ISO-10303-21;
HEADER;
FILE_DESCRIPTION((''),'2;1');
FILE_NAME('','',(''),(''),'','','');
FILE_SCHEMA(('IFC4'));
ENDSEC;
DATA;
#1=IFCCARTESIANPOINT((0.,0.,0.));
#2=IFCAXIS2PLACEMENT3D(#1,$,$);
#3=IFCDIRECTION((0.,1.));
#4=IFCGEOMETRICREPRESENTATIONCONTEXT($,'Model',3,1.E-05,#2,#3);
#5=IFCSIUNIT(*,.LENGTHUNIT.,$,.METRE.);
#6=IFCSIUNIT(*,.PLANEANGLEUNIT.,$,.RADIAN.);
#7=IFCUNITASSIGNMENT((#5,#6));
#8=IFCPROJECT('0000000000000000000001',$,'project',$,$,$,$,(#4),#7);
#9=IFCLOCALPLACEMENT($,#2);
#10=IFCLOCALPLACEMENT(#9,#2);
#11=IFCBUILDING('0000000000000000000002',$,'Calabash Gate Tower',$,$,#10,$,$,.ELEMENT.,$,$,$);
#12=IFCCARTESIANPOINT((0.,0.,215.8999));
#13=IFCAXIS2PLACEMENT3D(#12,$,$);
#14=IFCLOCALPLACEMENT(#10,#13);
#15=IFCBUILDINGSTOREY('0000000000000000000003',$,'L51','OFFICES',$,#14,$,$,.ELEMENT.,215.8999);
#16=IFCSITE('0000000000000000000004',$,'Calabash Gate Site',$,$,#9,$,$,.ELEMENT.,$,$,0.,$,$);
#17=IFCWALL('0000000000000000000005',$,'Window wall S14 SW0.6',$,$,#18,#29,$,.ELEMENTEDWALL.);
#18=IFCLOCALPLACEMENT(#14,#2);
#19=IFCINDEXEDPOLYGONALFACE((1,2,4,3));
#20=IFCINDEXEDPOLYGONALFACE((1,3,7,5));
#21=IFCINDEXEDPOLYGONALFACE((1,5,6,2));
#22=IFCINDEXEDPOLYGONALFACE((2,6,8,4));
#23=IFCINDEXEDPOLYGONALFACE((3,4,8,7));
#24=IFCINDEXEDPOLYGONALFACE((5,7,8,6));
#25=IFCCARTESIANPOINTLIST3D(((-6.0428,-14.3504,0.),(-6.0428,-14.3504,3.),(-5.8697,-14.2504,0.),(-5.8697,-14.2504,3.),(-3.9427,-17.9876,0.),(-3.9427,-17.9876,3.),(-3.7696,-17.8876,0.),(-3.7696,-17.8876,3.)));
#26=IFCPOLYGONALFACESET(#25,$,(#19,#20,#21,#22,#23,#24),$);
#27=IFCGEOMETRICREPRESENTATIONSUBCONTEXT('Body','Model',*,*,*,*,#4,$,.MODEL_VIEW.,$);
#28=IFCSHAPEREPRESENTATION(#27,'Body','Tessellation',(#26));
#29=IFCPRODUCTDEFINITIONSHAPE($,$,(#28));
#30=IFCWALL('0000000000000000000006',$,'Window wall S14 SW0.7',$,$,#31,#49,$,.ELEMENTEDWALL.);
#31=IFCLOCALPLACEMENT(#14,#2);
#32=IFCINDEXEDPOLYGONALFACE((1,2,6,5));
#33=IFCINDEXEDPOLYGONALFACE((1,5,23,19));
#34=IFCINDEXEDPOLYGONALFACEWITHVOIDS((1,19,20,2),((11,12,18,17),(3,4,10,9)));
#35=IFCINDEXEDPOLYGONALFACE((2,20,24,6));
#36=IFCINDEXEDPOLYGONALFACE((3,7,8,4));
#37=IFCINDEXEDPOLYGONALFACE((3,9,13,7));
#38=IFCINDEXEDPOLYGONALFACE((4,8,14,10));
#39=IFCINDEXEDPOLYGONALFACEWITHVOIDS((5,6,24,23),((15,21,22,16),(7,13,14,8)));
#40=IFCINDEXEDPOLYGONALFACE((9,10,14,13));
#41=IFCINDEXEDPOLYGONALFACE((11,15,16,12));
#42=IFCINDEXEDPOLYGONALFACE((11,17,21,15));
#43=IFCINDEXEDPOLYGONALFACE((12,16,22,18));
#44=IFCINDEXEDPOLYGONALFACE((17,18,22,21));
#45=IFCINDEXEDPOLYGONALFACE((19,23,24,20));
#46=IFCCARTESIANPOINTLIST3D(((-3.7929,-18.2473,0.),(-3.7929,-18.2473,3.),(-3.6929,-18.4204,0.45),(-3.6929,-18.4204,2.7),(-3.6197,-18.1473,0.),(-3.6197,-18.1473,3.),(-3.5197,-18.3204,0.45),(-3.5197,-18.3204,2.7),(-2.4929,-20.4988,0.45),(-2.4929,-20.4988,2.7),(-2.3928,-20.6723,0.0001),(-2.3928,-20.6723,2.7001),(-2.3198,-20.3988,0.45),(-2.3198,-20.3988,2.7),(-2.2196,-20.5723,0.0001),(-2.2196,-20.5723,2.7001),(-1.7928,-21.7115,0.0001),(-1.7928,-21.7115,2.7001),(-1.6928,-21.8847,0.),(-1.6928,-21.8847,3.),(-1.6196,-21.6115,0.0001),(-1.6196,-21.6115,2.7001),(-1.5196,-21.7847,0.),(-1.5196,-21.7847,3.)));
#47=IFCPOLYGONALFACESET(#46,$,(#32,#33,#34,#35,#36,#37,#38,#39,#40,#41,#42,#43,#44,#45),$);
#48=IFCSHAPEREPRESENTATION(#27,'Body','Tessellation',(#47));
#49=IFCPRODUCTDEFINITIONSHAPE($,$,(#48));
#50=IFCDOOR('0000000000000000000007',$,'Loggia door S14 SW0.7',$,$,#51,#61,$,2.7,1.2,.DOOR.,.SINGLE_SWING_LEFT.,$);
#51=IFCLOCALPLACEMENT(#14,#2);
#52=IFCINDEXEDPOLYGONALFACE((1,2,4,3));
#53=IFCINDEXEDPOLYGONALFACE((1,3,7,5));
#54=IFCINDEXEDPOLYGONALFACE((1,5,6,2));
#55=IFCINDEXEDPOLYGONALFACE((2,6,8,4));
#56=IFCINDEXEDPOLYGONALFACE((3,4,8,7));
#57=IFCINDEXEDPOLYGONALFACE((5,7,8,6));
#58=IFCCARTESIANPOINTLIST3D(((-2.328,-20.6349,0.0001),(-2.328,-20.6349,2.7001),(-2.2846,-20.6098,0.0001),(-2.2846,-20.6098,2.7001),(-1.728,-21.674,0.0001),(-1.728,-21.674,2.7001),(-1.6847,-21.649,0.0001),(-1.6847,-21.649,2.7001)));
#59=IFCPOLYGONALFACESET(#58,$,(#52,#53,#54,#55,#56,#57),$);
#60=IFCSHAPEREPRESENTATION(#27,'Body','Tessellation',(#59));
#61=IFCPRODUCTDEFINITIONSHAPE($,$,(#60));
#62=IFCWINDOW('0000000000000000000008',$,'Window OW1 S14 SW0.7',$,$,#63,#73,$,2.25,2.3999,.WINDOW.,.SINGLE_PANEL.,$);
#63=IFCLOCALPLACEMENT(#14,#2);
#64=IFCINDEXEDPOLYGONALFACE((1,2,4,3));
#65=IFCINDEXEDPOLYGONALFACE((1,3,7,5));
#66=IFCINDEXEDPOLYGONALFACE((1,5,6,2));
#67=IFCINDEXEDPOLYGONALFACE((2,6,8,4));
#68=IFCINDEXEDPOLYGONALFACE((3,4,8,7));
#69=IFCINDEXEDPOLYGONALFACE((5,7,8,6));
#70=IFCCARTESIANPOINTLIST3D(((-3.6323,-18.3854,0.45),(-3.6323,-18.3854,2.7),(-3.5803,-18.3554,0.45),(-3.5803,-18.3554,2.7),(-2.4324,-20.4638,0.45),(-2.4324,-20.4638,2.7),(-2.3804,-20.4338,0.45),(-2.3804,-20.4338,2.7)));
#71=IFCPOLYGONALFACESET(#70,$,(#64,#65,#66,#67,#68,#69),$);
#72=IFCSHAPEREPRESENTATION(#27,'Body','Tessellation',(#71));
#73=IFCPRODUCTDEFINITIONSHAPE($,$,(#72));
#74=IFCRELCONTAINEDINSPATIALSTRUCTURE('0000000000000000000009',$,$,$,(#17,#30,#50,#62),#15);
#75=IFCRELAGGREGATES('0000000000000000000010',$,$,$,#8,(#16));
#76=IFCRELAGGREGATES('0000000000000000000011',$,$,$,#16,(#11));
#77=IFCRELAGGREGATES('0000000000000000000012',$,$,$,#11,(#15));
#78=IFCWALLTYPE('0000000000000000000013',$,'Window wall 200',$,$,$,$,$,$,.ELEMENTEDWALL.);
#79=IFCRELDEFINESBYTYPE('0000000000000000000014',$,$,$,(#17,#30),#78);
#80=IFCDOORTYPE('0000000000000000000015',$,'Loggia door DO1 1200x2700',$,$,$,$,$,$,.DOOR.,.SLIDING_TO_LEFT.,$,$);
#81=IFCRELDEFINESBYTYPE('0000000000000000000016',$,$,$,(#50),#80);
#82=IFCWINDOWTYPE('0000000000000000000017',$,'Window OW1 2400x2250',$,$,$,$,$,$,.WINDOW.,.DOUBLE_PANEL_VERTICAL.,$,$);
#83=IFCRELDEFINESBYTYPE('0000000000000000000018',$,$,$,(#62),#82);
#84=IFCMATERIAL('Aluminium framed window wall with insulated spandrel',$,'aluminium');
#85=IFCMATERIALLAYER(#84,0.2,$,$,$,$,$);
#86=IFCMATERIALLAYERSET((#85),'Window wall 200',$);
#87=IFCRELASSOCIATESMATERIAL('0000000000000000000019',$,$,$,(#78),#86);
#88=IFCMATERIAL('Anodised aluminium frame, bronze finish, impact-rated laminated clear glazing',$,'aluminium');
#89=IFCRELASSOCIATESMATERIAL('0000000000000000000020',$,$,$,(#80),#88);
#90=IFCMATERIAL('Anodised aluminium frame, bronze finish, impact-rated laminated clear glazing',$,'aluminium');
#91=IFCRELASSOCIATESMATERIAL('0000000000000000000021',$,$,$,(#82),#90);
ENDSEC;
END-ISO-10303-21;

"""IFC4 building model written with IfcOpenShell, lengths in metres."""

from ifc_helpers import new_model, si_unit, direction, frame, frame_2d, origin, place, context, subcontext, project, spatial, rectangle, extrude, material, layer, layer_set, type_object, element, fill, save


model = new_model("IFC4")

# Units and contexts
model_context = context("Model", 3, precision=1e-05, world=origin(), true_north=direction((0.0, 1.0)))
body_context = subcontext(model_context, "Body", "Model", "MODEL_VIEW")
ifc_project = project(units=[si_unit("LENGTHUNIT", "METRE"), si_unit("PLANEANGLEUNIT", "RADIAN")], contexts=[model_context])

# Site, building, storey
site_placement = place(None, origin())
site = spatial("IfcSite", under=ifc_project, at=site_placement, Name="Calabash Gate Site", CompositionType="ELEMENT", RefElevation=0.0)
building_placement = place(site_placement, origin())
building = spatial("IfcBuilding", under=site, at=building_placement, Name="Calabash Gate Tower", CompositionType="ELEMENT")
storey_placement = place(building_placement, frame((0.0, 0.0, 215.8999)))
storey = spatial("IfcBuildingStorey", under=building, at=storey_placement, Name="L51", Description="OFFICES", CompositionType="ELEMENT", Elevation=215.8999)

# Wall
ifc_material_1 = material(Name="Aluminium framed window wall with insulated spandrel", Category="aluminium")
ifc_layer_1 = layer(ifc_material_1, 0.2)
ifc_layer_set_1 = layer_set([ifc_layer_1], Name="Window wall 200")
wall_type_1 = type_object("IfcWallType", Name="Window wall 200", PredefinedType="ELEMENTEDWALL", material=ifc_layer_set_1)
wall_1_placement = place(storey_placement, frame((-5.9563, -14.3003, 0.0), z_axis=(0.0, 0.0, 1.0), x_axis=(0.500028, -0.866009, 0.0)))
element("IfcWall", 1, at=wall_1_placement, inside=storey, type_object=wall_type_1, Name="Window wall S14 SW0.6", PredefinedType="ELEMENTEDWALL", context=body_context, shape_type="SweptSolid", body=[
    extrude(rectangle(XDim=4.2, YDim=0.2, at=frame_2d((2.1001, 0.0))), origin(), (0.0, 0.0, 1.0), 3.0),
])

# Wall, openings, door, window
wall_2_placement = place(storey_placement, frame((-3.7063, -18.1973, 0.0), z_axis=(0.0, 0.0, 1.0), x_axis=(0.500003, -0.866024, 0.0)))
wall_2 = element("IfcWall", 2, at=wall_2_placement, inside=storey, type_object=wall_type_1, Name="Window wall S14 SW0.7", PredefinedType="ELEMENTEDWALL", context=body_context, shape_type="SweptSolid", body=[
    extrude(rectangle(XDim=4.2002, YDim=0.2, at=frame_2d((2.1001, 0.0))), origin(), (0.0, 0.0, 1.0), 3.0),
])
opening_1_placement = place(wall_2_placement, frame((0.2, 0.0, 0.45)))
opening_1 = element("IfcOpeningElement", 3, at=opening_1_placement, cuts=wall_2, PredefinedType="OPENING", context=body_context, shape_type="SweptSolid", body=[
    extrude(rectangle(XDim=2.3999, YDim=2.25, at=frame_2d((1.2, 1.125))), frame((0.0, 0.1099, 0.0), z_axis=(0.0, -1.0, 0.0), x_axis=(1.0, 0.0, 0.0)), (0.0, 0.0, 1.0), 0.22),
])
opening_2_placement = place(wall_2_placement, frame((2.8, 0.0, 0.0)))
opening_2 = element("IfcOpeningElement", 4, at=opening_2_placement, cuts=wall_2, PredefinedType="OPENING", context=body_context, shape_type="SweptSolid", body=[
    extrude(rectangle(XDim=1.2, YDim=2.7, at=frame_2d((0.6001, 1.3501))), frame((0.0, 0.1099, 0.0), z_axis=(0.0, -1.0, 0.0), x_axis=(1.0, 0.0, 0.0)), (0.0, 0.0, 1.0), 0.22),
])
ifc_material_2 = material(Name="Anodised aluminium frame, bronze finish, impact-rated laminated clear glazing", Category="aluminium")
door_type = type_object("IfcDoorType", Name="Loggia door DO1 1200x2700", OperationType="SLIDING_TO_LEFT", PredefinedType="DOOR", material=ifc_material_2)
door_placement = place(opening_2_placement, origin())
door = element("IfcDoor", 5, at=door_placement, inside=storey, type_object=door_type, Name="Loggia door S14 SW0.7", OperationType="SINGLE_SWING_LEFT", OverallHeight=2.7, OverallWidth=1.2, PredefinedType="DOOR", context=body_context, shape_type="SweptSolid", body=[
    extrude(rectangle(XDim=1.2, YDim=2.7, at=frame_2d((0.6001, 1.3501))), frame((0.0, 0.0249, 0.0), z_axis=(0.0, -1.0, 0.0), x_axis=(1.0, 0.0, 0.0)), (0.0, 0.0, 1.0), 0.05),
])
fill(opening_2, door)
ifc_material_3 = material(Name="Anodised aluminium frame, bronze finish, impact-rated laminated clear glazing", Category="aluminium")
window_type = type_object("IfcWindowType", Name="Window OW1 2400x2250", PartitioningType="DOUBLE_PANEL_VERTICAL", PredefinedType="WINDOW", material=ifc_material_3)
window_placement = place(opening_1_placement, origin())
window = element("IfcWindow", 6, at=window_placement, inside=storey, type_object=window_type, Name="Window OW1 S14 SW0.7", OverallHeight=2.25, OverallWidth=2.3999, PartitioningType="SINGLE_PANEL", PredefinedType="WINDOW", context=body_context, shape_type="SweptSolid", body=[
    extrude(rectangle(XDim=2.3999, YDim=2.25, at=frame_2d((1.2, 1.125))), frame((0.0, 0.03, 0.0), z_axis=(0.0, -1.0, 0.0), x_axis=(1.0, 0.0, 0.0)), (0.0, 0.0, 1.0), 0.0601),
])
fill(opening_1, window)

save(model, "model.ifc")
